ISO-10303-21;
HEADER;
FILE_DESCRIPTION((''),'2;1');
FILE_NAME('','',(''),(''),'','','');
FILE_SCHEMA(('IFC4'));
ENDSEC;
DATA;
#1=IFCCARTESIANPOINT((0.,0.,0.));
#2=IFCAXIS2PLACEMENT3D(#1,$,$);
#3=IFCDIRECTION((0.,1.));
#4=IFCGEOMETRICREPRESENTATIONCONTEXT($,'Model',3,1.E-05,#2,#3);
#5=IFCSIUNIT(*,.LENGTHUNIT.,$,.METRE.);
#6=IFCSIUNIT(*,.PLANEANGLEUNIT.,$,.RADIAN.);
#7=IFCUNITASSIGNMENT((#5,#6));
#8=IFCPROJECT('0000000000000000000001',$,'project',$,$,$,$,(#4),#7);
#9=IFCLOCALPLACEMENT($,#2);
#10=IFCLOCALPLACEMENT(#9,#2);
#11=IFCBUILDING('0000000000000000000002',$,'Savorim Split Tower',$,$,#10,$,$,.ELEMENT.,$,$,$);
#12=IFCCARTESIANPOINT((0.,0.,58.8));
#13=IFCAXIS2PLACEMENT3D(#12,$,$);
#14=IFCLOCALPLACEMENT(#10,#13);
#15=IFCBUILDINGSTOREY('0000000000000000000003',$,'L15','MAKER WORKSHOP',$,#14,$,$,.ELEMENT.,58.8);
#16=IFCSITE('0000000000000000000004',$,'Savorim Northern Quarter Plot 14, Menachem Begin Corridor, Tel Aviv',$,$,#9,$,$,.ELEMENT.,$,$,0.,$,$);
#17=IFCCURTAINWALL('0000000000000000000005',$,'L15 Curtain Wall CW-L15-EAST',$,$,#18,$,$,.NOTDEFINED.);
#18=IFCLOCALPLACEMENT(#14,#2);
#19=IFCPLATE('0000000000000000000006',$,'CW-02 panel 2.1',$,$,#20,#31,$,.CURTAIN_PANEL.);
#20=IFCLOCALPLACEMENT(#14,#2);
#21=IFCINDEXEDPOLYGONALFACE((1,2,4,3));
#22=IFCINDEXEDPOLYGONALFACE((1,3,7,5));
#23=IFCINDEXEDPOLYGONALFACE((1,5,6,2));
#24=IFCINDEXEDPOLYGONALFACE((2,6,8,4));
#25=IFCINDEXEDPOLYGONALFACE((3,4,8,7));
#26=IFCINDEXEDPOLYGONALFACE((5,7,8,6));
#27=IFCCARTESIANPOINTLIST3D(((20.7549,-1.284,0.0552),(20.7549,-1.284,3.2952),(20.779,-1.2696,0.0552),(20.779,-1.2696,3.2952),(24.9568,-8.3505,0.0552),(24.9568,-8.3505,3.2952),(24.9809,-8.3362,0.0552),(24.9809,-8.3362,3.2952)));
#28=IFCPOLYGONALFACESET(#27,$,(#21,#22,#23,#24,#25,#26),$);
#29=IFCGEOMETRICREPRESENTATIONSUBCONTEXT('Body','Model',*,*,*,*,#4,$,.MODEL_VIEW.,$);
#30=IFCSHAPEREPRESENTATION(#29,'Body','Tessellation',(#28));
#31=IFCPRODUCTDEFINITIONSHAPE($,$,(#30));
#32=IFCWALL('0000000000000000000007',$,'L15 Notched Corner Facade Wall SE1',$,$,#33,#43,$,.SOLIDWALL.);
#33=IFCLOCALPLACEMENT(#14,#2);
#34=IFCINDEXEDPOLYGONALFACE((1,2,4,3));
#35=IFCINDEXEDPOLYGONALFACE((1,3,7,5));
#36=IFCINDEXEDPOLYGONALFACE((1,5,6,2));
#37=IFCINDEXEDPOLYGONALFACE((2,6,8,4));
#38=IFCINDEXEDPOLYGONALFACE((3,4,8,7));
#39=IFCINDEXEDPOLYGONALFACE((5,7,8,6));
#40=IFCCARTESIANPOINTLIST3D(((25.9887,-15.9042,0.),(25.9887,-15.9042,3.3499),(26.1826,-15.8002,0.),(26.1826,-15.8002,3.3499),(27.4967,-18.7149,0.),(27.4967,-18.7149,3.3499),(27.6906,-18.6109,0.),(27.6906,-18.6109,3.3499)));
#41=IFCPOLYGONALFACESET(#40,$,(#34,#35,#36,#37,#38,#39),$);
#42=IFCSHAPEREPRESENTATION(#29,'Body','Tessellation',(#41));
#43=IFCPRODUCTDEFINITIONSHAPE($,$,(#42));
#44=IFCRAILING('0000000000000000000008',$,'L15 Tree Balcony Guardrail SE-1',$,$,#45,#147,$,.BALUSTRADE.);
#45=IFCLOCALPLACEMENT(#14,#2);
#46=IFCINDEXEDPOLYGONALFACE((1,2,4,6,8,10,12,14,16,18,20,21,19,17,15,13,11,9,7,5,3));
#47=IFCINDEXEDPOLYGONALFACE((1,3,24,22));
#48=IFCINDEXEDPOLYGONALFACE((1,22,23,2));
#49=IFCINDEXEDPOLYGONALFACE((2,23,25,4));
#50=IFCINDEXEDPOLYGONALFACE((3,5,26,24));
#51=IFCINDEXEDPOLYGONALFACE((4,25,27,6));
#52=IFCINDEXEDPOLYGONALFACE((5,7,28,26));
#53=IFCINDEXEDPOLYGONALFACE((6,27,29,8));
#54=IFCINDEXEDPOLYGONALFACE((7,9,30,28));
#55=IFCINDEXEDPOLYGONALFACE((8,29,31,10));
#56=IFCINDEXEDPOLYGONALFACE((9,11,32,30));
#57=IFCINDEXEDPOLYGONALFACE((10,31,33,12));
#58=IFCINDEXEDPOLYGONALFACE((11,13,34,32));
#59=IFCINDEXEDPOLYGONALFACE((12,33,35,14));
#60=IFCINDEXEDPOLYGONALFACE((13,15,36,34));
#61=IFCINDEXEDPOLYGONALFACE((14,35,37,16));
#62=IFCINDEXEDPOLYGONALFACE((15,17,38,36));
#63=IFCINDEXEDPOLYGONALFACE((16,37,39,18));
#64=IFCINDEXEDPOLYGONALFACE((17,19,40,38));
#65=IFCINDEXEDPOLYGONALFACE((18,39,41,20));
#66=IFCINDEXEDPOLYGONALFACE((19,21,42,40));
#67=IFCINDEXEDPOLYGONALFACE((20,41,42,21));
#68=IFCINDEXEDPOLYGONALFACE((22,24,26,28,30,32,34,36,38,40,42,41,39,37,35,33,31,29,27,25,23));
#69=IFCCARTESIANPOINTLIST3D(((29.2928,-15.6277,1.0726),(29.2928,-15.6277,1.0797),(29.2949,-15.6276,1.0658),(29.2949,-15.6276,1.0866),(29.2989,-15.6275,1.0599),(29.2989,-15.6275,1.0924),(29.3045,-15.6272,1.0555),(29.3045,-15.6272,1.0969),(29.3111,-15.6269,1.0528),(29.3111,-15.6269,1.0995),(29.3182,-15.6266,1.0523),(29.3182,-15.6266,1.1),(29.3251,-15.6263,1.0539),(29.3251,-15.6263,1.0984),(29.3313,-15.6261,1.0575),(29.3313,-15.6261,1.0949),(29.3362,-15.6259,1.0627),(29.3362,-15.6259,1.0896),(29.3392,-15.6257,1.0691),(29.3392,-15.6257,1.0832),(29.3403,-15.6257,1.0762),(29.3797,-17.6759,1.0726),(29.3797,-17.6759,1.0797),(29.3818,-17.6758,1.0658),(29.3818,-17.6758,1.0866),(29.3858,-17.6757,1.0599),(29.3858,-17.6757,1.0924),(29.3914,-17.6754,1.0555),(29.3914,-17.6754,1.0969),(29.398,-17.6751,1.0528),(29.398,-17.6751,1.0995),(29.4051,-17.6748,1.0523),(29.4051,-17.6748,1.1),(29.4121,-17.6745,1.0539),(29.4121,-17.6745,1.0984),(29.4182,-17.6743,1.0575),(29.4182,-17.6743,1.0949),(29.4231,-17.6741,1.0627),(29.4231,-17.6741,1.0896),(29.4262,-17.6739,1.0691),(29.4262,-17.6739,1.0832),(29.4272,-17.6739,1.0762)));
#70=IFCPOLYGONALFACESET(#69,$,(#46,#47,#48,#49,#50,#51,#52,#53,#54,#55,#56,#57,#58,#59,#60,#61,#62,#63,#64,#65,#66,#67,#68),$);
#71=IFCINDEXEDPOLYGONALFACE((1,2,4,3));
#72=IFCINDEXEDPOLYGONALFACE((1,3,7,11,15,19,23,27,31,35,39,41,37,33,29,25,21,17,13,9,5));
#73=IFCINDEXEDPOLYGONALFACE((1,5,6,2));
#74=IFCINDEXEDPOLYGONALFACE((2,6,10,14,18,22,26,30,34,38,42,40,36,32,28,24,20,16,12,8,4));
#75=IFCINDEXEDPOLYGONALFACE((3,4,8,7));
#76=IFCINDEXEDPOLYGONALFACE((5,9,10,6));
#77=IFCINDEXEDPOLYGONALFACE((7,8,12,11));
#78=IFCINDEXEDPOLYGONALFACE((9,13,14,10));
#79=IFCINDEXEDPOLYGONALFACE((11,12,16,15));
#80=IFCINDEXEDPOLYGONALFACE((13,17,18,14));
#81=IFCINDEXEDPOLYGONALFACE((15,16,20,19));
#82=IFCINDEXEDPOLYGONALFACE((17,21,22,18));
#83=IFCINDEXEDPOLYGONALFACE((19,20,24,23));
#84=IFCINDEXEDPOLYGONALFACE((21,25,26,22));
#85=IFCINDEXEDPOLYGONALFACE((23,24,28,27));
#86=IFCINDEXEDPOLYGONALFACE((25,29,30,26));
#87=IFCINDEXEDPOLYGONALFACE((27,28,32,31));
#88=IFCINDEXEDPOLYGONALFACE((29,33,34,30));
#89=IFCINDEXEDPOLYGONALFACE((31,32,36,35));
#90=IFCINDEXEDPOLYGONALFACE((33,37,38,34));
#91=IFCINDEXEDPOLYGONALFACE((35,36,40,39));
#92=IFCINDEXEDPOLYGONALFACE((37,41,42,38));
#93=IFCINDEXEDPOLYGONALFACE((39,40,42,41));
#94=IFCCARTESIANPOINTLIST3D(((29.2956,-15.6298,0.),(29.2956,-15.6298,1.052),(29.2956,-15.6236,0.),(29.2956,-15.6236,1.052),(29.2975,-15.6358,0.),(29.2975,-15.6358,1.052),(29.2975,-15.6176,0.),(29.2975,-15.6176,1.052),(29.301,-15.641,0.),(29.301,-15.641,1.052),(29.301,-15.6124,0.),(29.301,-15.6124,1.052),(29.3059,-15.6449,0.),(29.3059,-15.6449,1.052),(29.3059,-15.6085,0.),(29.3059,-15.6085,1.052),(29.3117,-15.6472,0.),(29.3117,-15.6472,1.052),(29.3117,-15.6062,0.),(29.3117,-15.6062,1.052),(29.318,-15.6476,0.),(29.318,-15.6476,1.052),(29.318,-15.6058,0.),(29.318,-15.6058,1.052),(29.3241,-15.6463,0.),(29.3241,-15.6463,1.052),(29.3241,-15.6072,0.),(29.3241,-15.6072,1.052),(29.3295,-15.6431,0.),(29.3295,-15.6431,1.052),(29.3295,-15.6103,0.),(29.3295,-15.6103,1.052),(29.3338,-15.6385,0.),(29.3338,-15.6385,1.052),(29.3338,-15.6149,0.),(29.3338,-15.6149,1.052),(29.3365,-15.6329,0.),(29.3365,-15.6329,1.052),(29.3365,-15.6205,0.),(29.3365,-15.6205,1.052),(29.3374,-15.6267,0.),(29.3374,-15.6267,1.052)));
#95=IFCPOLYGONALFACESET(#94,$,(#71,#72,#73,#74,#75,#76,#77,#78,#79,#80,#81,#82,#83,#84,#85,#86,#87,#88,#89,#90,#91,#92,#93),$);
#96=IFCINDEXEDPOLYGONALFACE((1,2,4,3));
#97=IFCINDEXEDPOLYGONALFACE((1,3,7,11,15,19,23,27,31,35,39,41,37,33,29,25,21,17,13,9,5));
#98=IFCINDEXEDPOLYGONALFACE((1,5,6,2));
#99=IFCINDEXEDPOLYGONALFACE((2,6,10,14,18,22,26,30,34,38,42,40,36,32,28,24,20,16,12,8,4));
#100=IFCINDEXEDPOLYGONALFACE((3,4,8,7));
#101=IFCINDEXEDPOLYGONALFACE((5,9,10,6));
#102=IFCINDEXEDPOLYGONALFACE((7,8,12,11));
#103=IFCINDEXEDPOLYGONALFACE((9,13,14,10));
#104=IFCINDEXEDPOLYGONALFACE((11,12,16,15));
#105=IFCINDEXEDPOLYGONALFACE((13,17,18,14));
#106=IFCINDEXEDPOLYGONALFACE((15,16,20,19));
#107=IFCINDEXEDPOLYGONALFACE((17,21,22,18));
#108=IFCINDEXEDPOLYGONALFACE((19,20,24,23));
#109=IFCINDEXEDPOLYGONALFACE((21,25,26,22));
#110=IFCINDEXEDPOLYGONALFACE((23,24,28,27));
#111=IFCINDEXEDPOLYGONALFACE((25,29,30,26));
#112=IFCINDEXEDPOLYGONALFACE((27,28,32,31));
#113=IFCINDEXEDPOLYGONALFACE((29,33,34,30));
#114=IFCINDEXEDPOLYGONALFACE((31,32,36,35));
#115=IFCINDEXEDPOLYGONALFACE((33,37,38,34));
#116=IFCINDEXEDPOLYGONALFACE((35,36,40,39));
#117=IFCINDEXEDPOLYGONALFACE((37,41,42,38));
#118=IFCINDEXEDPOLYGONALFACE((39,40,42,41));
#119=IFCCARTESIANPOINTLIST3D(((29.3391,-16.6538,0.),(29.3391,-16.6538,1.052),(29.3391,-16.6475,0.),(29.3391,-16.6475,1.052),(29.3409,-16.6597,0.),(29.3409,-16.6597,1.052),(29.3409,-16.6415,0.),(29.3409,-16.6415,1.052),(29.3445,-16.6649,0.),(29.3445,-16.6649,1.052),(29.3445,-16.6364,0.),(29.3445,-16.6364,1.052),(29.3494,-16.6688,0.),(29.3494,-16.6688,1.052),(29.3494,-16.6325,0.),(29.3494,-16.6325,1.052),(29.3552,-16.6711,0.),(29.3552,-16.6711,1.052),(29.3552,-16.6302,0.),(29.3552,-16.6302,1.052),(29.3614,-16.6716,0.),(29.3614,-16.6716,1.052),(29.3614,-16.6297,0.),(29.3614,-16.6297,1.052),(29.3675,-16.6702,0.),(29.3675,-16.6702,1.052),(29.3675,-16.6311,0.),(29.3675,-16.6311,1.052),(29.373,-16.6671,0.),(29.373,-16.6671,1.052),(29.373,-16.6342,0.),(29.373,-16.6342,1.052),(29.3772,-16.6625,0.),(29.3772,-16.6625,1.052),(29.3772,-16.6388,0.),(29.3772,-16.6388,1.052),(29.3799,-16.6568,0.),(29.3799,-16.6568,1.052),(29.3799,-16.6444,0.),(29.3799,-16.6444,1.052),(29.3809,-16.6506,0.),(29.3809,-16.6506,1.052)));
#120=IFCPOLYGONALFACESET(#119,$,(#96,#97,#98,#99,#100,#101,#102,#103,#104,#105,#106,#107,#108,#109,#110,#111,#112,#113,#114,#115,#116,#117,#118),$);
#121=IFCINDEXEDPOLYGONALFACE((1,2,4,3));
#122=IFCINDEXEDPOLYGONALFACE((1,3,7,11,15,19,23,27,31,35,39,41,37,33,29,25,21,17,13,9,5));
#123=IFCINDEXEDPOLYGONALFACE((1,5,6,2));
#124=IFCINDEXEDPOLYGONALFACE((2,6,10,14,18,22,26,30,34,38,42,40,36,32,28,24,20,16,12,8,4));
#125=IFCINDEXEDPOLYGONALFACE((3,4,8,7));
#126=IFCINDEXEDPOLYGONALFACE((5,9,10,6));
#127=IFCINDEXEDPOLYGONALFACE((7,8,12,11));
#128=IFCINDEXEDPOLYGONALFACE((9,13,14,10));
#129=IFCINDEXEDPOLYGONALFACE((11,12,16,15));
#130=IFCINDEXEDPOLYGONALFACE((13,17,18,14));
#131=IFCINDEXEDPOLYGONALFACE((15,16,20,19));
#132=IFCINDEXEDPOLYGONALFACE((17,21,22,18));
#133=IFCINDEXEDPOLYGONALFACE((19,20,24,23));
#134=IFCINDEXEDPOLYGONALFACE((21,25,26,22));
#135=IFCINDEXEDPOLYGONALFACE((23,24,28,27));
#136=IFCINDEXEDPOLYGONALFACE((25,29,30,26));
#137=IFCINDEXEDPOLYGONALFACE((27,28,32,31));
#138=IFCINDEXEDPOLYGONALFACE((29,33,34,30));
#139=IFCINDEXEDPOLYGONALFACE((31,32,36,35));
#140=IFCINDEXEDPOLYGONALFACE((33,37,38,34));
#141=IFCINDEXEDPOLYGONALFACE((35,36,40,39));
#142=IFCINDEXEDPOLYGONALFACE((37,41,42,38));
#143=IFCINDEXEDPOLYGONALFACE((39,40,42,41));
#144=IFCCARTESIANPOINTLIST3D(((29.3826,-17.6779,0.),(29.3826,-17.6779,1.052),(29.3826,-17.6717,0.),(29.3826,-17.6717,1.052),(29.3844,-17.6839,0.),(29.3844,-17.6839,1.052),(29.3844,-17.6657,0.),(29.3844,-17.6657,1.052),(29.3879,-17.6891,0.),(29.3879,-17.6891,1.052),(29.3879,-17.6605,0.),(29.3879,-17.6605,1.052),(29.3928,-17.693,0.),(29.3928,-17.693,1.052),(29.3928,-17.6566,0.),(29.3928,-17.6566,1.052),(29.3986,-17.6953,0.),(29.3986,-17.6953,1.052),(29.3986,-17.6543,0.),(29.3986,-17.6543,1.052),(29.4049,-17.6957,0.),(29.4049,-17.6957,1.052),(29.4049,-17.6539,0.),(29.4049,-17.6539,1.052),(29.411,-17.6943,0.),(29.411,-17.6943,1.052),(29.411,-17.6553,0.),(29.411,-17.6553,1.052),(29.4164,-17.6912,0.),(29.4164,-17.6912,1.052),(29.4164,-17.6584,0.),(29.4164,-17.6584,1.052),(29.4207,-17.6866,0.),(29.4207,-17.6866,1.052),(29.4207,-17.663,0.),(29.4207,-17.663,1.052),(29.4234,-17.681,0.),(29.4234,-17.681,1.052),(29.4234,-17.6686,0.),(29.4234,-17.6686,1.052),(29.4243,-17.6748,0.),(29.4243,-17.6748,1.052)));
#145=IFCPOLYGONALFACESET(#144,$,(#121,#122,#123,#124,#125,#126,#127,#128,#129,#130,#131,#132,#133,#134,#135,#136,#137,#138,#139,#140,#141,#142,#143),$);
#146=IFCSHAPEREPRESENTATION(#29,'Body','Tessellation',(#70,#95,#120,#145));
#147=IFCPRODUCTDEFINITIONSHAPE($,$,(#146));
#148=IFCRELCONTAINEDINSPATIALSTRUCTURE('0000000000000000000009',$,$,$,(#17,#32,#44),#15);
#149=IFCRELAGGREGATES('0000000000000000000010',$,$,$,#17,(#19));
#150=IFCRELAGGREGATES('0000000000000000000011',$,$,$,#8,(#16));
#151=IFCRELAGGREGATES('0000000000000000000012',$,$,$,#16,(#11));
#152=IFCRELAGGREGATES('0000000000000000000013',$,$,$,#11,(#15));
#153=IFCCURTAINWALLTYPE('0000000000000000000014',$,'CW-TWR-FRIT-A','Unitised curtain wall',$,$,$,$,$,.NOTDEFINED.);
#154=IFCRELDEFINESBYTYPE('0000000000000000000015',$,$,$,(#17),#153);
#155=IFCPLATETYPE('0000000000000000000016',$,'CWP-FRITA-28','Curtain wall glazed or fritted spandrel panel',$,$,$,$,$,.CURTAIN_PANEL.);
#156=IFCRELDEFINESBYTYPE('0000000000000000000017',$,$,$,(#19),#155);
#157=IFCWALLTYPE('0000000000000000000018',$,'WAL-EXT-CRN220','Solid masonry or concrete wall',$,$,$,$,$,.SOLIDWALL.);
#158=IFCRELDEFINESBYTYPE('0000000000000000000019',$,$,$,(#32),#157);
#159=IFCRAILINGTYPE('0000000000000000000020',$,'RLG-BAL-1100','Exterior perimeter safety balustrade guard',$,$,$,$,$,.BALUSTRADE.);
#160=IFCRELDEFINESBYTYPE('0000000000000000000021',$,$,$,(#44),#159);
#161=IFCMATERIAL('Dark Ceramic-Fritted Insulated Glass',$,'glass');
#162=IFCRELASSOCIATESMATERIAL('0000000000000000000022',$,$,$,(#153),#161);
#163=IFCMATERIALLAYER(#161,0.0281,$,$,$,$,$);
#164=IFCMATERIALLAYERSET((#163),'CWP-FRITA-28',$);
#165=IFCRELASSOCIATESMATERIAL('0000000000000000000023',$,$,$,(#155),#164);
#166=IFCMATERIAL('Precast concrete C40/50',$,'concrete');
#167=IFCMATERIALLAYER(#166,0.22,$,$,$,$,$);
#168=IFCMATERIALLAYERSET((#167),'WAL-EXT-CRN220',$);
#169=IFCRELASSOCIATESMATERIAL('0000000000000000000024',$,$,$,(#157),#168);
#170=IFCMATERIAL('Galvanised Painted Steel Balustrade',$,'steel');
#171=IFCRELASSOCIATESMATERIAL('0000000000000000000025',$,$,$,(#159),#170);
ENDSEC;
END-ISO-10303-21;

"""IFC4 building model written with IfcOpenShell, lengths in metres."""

from ifc_helpers import new_model, si_unit, direction, frame, frame_2d, origin, origin_2d, place, context, subcontext, project, spatial, rectangle, circle, extrude, material, layer, layer_set, type_object, element, aggregate, save


model = new_model("IFC4")

# Units and contexts
model_context = context("Model", 3, precision=1e-05, world=origin(), true_north=direction((0.0, 1.0)))
body_context = subcontext(model_context, "Body", "Model", "MODEL_VIEW")
ifc_project = project(units=[si_unit("LENGTHUNIT", "METRE"), si_unit("PLANEANGLEUNIT", "RADIAN")], contexts=[model_context])

# Site, building, storey
site_placement = place(None, origin())
site = spatial("IfcSite", under=ifc_project, at=site_placement, Name="Savorim Northern Quarter Plot 14, Menachem Begin Corridor, Tel Aviv", CompositionType="ELEMENT", RefElevation=0.0)
building_placement = place(site_placement, origin())
building = spatial("IfcBuilding", under=site, at=building_placement, Name="Savorim Split Tower", CompositionType="ELEMENT")
storey_placement = place(building_placement, frame((0.0, 0.0, 58.8)))
storey = spatial("IfcBuildingStorey", under=building, at=storey_placement, Name="L15", Description="MAKER WORKSHOP", CompositionType="ELEMENT", Elevation=58.8)

# Curtain wall, plate
ifc_material_1 = material(Name="Dark Ceramic-Fritted Insulated Glass", Category="glass")
curtain_wall_type = type_object("IfcCurtainWallType", Name="CW-TWR-FRIT-A", Description="Unitised curtain wall", PredefinedType="NOTDEFINED", material=ifc_material_1)
curtain_wall_placement = place(storey_placement, origin())
curtain_wall = element("IfcCurtainWall", 1, at=curtain_wall_placement, inside=storey, type_object=curtain_wall_type, Name="L15 Curtain Wall CW-L15-EAST", PredefinedType="NOTDEFINED")
ifc_layer_1 = layer(ifc_material_1, 0.0281)
ifc_layer_set_1 = layer_set([ifc_layer_1], Name="CWP-FRITA-28")
plate_type = type_object("IfcPlateType", Name="CWP-FRITA-28", Description="Curtain wall glazed or fritted spandrel panel", PredefinedType="CURTAIN_PANEL", material=ifc_layer_set_1)
plate_1_placement = place(storey_placement, frame((22.8679, -4.8101, 0.0552), z_axis=(0.0, 0.0, 1.0), x_axis=(-0.511092, 0.859526, 0.0)))
plate_1 = element("IfcPlate", 2, at=plate_1_placement, type_object=plate_type, Name="CW-02 panel 2.1", PredefinedType="CURTAIN_PANEL", context=body_context, shape_type="SweptSolid", body=[
    extrude(rectangle(XDim=8.2214, YDim=0.0281, at=origin_2d()), origin(), (0.0, 0.0, 1.0), 3.24),
])
aggregate(curtain_wall, [plate_1])

# Wall
ifc_material_2 = material(Name="Precast concrete C40/50", Category="concrete")
ifc_layer_2 = layer(ifc_material_2, 0.22)
ifc_layer_set_2 = layer_set([ifc_layer_2], Name="WAL-EXT-CRN220")
wall_type = type_object("IfcWallType", Name="WAL-EXT-CRN220", Description="Solid masonry or concrete wall", PredefinedType="SOLIDWALL", material=ifc_layer_set_2)
wall_1_placement = place(storey_placement, frame((26.0857, -15.8523, 0.0), z_axis=(0.0, 0.0, 1.0), x_axis=(0.472776, -0.881183, 0.0)))
element("IfcWall", 3, at=wall_1_placement, inside=storey, type_object=wall_type, Name="L15 Notched Corner Facade Wall SE1", PredefinedType="SOLIDWALL", context=body_context, shape_type="SweptSolid", body=[
    extrude(rectangle(XDim=3.1897, YDim=0.22, at=frame_2d((1.5947, 0.0))), origin(), (0.0, 0.0, 1.0), 3.3499),
])

# Railing
ifc_material_3 = material(Name="Galvanised Painted Steel Balustrade", Category="steel")
railing_type = type_object("IfcRailingType", Name="RLG-BAL-1100", Description="Exterior perimeter safety balustrade guard", PredefinedType="BALUSTRADE", material=ifc_material_3)
railing_1_placement = place(storey_placement, frame((29.3164, -15.6267, 0.0)))
element("IfcRailing", 4, at=railing_1_placement, inside=storey, type_object=railing_type, Name="L15 Tree Balcony Guardrail SE-1", PredefinedType="BALUSTRADE", context=body_context, shape_type="SweptSolid", body=[
    extrude(circle(Radius=0.0239, at=origin_2d()), frame((0.0, 0.0, 1.0762), z_axis=(0.042398, -0.999101, 0.0), x_axis=(0.999101, 0.042398, 0.0)), (0.0, 0.0, 1.0), 2.05),
    extrude(circle(Radius=0.021, at=origin_2d()), origin(), (0.0, 0.0, 1.0), 1.052),
    extrude(circle(Radius=0.021, at=origin_2d()), frame((0.0435, -1.0239, 0.0)), (0.0, 0.0, 1.0), 1.052),
    extrude(circle(Radius=0.021, at=origin_2d()), frame((0.0869, -2.0481, 0.0)), (0.0, 0.0, 1.0), 1.052),
])

save(model, "model.ifc")
